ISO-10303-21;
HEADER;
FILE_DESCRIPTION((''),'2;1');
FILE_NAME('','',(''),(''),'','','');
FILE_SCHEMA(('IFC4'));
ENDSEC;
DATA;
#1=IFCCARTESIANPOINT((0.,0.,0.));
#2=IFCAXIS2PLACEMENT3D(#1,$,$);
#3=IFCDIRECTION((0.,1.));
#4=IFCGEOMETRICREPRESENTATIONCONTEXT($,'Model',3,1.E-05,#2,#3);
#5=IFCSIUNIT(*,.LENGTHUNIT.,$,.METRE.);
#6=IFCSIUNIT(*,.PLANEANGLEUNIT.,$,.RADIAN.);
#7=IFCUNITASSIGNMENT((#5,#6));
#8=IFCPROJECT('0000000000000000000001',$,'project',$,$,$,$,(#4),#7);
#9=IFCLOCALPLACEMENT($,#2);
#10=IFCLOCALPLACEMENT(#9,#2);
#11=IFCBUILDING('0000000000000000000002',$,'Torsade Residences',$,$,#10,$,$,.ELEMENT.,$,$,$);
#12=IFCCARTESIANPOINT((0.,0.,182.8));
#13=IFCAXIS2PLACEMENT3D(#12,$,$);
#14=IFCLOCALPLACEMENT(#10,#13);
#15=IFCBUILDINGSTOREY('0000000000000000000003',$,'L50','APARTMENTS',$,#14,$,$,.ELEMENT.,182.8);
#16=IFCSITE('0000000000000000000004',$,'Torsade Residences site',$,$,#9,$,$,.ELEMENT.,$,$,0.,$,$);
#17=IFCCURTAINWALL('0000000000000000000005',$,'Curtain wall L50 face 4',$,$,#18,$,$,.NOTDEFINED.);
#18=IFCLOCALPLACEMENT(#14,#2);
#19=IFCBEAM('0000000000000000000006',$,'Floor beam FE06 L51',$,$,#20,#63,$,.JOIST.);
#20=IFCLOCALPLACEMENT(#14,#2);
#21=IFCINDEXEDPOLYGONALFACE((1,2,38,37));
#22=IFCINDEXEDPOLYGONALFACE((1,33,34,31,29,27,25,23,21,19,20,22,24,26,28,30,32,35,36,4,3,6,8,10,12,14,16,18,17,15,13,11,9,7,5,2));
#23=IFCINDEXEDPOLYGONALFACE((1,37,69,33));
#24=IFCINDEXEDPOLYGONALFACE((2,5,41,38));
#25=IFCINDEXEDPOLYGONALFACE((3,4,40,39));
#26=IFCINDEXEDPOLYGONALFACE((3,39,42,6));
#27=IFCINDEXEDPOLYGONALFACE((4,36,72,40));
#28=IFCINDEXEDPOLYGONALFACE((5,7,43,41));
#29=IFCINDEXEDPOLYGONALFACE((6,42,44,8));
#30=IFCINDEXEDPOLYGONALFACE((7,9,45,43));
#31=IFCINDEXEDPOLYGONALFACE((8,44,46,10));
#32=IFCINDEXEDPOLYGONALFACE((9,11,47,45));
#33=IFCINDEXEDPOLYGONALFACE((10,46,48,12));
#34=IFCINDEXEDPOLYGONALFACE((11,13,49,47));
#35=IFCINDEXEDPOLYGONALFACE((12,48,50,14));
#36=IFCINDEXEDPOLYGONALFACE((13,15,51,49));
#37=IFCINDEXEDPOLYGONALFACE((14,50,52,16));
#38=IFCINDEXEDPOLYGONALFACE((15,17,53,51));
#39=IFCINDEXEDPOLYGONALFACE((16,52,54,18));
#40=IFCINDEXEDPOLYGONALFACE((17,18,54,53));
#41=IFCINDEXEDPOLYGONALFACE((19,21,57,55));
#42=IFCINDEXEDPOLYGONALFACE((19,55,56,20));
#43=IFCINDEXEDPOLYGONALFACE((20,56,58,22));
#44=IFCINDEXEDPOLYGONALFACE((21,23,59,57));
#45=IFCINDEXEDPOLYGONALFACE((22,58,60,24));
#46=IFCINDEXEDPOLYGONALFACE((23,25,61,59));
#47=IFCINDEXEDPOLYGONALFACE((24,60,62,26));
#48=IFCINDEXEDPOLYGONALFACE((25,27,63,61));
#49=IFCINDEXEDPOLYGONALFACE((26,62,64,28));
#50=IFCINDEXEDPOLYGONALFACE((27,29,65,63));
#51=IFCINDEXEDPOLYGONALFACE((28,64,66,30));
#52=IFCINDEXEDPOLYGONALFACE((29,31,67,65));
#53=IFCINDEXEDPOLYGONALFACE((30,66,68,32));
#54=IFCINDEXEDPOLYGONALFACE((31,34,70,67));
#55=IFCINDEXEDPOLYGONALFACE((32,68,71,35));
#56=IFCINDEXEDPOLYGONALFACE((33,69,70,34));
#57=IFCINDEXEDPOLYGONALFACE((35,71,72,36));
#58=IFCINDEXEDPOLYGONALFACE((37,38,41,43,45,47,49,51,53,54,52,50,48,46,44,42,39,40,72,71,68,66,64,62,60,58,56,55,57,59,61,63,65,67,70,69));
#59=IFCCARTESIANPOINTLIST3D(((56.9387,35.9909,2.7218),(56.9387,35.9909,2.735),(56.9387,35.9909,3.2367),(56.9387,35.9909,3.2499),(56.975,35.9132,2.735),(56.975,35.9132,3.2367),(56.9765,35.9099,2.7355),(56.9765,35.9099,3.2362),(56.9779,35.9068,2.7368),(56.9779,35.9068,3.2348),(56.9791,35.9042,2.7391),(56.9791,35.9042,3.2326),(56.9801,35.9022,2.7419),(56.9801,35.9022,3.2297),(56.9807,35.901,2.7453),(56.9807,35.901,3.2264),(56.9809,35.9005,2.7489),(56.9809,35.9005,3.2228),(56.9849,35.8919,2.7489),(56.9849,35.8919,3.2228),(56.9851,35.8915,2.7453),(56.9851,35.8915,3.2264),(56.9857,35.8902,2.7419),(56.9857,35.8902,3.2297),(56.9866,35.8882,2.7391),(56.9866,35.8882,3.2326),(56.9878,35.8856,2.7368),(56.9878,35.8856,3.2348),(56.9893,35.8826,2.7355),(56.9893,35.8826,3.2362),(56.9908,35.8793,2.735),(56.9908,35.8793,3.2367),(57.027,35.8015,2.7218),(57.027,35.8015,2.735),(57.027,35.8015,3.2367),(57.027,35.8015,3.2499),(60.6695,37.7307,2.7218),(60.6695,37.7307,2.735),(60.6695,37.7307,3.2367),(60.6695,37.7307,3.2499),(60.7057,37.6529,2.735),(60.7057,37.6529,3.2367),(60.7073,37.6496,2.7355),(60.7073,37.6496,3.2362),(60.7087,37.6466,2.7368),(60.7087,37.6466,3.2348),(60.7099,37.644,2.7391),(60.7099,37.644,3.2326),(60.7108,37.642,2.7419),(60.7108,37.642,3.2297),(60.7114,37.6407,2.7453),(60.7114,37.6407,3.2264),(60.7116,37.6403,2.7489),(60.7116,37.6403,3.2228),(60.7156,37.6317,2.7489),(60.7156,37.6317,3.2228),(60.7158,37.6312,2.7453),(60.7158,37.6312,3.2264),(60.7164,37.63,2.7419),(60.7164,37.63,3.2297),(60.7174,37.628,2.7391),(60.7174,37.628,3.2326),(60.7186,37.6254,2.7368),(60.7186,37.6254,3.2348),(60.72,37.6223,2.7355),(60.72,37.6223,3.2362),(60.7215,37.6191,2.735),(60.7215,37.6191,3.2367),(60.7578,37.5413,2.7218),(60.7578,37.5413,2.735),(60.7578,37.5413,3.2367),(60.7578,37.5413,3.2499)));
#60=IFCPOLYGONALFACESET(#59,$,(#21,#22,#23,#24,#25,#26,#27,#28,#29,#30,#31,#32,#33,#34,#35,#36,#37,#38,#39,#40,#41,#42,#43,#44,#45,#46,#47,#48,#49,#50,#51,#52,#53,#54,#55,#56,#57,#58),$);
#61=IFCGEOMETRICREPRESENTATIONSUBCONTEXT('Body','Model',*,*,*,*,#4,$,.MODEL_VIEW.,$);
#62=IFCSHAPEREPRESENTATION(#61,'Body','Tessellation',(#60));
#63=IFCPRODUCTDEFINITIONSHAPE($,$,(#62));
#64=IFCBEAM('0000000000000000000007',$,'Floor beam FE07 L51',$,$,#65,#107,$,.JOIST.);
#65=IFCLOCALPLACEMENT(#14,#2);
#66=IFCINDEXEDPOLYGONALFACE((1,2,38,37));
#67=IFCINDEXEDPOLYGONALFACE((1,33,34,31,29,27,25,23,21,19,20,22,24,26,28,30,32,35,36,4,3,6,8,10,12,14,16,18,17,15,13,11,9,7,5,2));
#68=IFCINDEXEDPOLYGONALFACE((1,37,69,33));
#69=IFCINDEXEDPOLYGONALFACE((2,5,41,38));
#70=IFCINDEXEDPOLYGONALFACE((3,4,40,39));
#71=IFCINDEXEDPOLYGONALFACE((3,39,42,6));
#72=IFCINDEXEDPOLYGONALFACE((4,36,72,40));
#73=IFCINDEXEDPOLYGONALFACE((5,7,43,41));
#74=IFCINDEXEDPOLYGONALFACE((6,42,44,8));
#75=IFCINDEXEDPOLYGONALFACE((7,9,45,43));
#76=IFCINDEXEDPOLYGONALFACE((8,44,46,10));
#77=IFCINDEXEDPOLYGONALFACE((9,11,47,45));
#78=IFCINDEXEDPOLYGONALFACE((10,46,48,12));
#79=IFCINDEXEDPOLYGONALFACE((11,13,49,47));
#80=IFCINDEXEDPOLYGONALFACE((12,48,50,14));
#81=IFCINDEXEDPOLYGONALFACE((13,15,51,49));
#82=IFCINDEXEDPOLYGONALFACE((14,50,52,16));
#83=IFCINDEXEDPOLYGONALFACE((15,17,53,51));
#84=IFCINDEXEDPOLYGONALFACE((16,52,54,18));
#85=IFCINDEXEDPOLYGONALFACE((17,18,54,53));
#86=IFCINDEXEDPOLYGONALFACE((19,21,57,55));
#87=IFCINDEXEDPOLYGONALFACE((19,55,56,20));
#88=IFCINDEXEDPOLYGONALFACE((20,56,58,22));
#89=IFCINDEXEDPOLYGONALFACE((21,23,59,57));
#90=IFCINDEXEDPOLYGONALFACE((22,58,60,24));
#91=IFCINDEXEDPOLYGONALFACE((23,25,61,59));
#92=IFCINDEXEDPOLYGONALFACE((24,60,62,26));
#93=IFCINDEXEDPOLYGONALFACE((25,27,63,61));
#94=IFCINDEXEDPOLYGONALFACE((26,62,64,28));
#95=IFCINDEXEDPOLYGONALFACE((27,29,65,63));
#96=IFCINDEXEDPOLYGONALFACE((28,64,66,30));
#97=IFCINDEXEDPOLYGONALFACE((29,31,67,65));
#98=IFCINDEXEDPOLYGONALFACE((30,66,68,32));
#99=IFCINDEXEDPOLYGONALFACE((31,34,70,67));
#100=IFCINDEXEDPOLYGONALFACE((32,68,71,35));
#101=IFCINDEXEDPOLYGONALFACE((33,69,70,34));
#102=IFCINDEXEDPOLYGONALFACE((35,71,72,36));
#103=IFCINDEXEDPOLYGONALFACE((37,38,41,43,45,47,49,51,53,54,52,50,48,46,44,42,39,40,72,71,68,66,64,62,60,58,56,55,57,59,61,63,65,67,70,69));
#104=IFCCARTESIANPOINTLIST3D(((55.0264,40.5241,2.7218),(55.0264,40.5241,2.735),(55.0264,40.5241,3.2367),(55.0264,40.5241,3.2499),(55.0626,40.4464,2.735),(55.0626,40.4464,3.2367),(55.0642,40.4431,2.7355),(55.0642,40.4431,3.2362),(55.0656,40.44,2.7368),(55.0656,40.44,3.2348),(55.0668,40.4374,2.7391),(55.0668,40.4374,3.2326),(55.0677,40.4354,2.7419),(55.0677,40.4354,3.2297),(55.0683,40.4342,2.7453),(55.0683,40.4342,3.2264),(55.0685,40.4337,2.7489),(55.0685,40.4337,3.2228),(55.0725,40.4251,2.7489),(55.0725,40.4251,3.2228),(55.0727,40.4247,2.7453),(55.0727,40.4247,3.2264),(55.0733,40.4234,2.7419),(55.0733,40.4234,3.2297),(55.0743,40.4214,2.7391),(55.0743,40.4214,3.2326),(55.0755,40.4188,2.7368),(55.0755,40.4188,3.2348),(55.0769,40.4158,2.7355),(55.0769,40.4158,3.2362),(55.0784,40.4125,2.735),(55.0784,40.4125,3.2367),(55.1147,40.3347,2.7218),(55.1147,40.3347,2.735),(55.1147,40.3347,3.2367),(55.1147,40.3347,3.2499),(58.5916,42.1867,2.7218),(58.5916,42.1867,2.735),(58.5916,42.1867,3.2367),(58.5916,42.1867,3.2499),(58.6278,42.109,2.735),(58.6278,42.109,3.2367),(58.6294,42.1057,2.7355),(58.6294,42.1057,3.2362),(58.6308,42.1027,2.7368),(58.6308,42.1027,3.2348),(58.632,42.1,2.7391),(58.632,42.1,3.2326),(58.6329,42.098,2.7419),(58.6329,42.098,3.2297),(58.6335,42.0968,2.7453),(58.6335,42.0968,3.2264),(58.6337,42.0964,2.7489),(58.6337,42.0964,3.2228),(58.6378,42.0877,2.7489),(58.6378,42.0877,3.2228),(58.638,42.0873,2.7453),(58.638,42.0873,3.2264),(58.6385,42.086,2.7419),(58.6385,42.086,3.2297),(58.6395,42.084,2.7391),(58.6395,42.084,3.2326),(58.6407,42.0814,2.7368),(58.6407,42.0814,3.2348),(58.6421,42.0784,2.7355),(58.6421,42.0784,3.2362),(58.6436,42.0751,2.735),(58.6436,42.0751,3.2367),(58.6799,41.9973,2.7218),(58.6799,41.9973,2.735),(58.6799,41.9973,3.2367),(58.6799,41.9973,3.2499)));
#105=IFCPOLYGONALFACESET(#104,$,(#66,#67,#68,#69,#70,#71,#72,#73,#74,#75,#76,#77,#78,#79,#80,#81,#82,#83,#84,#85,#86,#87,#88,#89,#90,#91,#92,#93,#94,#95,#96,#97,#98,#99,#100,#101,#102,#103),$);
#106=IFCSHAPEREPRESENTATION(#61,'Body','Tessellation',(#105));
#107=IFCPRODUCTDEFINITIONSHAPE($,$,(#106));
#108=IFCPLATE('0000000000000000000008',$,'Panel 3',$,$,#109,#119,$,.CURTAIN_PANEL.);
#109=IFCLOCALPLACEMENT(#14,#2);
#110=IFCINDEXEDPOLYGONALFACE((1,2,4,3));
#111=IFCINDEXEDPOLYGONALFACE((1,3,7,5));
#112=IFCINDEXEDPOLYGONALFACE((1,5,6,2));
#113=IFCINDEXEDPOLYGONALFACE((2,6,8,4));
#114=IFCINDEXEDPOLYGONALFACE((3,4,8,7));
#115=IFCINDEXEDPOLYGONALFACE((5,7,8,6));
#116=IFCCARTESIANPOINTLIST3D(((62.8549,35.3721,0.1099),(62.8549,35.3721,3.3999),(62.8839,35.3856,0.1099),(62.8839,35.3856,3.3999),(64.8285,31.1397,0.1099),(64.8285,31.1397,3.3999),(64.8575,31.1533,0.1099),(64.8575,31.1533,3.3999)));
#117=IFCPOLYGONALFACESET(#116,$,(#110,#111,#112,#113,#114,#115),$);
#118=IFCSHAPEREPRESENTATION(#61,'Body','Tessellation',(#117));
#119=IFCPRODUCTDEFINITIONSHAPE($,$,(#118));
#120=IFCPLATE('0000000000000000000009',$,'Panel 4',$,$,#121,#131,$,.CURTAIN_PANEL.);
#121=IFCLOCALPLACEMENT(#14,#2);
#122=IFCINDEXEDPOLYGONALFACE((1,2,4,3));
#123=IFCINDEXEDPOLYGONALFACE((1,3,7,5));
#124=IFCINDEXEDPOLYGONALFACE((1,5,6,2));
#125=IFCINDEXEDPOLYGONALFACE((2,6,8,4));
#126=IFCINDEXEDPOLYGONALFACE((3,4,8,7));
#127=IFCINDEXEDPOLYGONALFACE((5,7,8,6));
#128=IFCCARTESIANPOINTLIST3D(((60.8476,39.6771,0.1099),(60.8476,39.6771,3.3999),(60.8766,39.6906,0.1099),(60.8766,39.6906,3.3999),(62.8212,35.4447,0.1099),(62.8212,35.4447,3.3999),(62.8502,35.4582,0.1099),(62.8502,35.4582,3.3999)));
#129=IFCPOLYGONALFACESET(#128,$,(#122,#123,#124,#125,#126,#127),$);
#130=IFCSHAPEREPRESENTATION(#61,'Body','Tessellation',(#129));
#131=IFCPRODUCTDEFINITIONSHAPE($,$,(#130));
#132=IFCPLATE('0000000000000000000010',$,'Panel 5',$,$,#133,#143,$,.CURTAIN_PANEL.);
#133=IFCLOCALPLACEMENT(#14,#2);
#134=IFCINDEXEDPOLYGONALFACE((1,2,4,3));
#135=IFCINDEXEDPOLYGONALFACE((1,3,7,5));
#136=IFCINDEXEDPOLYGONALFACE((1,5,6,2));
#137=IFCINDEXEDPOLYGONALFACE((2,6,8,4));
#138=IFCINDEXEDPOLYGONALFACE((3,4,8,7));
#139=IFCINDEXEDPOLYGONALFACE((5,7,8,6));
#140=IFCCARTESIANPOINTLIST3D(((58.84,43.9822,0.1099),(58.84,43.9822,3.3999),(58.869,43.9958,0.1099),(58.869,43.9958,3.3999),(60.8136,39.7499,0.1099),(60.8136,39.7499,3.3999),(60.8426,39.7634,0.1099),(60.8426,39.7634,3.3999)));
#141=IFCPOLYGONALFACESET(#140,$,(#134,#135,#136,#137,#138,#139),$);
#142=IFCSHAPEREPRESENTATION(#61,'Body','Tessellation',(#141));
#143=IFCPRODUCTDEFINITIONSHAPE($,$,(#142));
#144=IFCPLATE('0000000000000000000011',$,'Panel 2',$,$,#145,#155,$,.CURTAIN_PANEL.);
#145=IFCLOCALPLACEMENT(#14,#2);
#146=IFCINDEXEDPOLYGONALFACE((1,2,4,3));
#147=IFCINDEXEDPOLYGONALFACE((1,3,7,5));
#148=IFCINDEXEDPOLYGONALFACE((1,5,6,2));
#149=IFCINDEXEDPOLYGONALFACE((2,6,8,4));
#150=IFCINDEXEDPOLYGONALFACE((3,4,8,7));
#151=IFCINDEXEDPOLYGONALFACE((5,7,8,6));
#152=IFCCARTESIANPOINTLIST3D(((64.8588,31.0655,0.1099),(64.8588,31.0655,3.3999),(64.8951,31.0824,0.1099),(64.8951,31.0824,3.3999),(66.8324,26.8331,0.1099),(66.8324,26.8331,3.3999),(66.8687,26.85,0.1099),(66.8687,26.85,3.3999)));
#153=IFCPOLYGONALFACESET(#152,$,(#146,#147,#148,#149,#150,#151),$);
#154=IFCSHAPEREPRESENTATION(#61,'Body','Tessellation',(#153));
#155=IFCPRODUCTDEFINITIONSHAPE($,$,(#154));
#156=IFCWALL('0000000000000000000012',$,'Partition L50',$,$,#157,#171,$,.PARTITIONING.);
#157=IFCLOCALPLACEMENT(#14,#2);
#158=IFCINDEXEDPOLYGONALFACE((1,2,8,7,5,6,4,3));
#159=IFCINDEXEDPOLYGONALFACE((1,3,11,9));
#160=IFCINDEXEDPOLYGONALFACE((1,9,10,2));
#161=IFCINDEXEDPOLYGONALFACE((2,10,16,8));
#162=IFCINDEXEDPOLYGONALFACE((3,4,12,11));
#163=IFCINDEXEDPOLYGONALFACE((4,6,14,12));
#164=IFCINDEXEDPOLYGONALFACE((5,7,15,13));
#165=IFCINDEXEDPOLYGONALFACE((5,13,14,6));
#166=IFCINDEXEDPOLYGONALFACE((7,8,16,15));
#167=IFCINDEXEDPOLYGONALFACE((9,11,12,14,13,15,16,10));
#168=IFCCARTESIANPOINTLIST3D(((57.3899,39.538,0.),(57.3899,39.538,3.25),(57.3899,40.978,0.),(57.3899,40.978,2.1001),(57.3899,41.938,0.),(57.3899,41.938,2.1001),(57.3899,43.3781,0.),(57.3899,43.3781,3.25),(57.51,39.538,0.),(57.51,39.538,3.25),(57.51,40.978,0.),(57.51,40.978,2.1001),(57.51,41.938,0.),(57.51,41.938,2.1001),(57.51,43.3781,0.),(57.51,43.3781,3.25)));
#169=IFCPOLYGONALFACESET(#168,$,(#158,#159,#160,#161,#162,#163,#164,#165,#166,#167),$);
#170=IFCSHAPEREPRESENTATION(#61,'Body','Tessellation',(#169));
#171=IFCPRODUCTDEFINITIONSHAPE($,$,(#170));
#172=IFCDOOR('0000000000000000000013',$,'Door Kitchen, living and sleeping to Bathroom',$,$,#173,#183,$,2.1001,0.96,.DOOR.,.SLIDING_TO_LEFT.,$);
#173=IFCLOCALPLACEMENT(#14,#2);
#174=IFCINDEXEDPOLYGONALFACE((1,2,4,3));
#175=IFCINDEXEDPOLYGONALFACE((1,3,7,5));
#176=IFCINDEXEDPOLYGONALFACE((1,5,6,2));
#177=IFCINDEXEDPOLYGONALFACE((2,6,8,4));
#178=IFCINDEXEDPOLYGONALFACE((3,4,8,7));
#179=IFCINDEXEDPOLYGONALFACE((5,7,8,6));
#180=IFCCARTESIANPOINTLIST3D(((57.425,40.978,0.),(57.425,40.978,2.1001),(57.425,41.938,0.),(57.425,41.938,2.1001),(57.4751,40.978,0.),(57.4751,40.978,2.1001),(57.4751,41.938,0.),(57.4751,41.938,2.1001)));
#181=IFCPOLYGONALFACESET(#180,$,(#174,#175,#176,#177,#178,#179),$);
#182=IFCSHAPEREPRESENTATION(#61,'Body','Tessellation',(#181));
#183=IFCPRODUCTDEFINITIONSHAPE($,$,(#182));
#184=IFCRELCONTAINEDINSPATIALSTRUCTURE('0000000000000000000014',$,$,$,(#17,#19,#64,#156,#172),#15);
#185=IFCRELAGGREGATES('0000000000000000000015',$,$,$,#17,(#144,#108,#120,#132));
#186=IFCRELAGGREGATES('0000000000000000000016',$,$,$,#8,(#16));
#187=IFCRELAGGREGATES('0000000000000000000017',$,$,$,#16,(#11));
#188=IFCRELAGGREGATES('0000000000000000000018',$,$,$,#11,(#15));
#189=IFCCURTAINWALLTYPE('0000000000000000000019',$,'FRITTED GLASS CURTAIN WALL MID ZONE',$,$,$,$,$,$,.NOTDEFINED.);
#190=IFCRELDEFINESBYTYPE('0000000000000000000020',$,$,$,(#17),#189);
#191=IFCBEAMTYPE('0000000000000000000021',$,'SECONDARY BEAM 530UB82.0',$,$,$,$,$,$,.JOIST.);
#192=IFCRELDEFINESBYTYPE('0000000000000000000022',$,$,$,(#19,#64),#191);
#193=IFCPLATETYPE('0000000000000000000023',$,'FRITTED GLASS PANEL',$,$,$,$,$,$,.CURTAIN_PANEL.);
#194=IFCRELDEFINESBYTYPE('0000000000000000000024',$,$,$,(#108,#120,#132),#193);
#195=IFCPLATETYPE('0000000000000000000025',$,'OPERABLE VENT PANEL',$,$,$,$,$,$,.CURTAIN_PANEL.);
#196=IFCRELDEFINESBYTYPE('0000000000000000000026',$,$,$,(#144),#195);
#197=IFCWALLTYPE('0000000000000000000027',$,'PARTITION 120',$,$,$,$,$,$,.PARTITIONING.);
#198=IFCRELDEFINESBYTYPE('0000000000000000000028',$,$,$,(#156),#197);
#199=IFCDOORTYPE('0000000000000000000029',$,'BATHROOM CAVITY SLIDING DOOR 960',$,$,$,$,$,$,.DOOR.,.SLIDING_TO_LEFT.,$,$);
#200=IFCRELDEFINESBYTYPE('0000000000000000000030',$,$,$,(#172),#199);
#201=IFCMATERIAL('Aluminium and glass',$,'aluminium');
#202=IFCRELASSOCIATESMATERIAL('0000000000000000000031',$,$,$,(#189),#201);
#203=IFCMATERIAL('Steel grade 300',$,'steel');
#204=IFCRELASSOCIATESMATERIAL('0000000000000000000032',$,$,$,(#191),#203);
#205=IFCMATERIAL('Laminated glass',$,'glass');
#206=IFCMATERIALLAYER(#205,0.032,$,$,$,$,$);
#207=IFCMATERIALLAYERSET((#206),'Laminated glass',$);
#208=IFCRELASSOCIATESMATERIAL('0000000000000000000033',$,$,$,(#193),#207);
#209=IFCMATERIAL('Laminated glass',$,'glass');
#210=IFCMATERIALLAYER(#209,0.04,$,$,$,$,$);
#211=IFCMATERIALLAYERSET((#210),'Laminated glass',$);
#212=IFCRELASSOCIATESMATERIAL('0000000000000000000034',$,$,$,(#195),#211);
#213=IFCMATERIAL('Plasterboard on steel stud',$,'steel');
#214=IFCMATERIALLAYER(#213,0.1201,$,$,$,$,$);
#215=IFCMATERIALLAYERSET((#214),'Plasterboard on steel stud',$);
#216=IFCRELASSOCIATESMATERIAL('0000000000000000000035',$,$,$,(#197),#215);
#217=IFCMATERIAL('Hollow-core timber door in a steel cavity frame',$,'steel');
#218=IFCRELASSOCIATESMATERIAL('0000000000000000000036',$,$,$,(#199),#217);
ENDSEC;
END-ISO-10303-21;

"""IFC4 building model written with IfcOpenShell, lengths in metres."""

from ifc_helpers import new_model, si_unit, direction, frame, frame_2d, origin, origin_2d, place, context, subcontext, project, spatial, rectangle, i_section, extrude, material, layer, layer_set, material_profile, profile_set, type_object, element, fill, aggregate, save


model = new_model("IFC4")

# Units and contexts
model_context = context("Model", 3, precision=1e-05, world=origin(), true_north=direction((0.0, 1.0)))
body_context = subcontext(model_context, "Body", "Model", "MODEL_VIEW")
ifc_project = project(units=[si_unit("LENGTHUNIT", "METRE"), si_unit("PLANEANGLEUNIT", "RADIAN")], contexts=[model_context])

# Site, building, storey
site_placement = place(None, origin())
site = spatial("IfcSite", under=ifc_project, at=site_placement, Name="Torsade Residences site", CompositionType="ELEMENT", RefElevation=0.0)
building_placement = place(site_placement, origin())
building = spatial("IfcBuilding", under=site, at=building_placement, Name="Torsade Residences", CompositionType="ELEMENT")
storey_placement = place(building_placement, frame((0.0, 0.0, 182.8)))
storey = spatial("IfcBuildingStorey", under=building, at=storey_placement, Name="L50", Description="APARTMENTS", CompositionType="ELEMENT", Elevation=182.8)

# Curtain wall
ifc_material_1 = material(Name="Aluminium and glass", Category="aluminium")
curtain_wall_type = type_object("IfcCurtainWallType", Name="FRITTED GLASS CURTAIN WALL MID ZONE", PredefinedType="NOTDEFINED", material=ifc_material_1)
curtain_wall_placement = place(storey_placement, origin())
curtain_wall = element("IfcCurtainWall", 1, at=curtain_wall_placement, inside=storey, type_object=curtain_wall_type, Name="Curtain wall L50 face 4", PredefinedType="NOTDEFINED")

# Beams
ifc_material_2 = material(Name="Steel grade 300", Category="steel")
ifc_material_profile_1 = material_profile(ifc_material_2, i_section(OverallWidth=0.209, OverallDepth=0.5281, WebThickness=0.0095, FlangeThickness=0.0132, FilletRadius=0.0139, at=origin_2d()), Name="530UB82.0")
ifc_profile_set_1 = profile_set([ifc_material_profile_1], Name="Steel grade 300")
beam_type_1 = type_object("IfcBeamType", Name="SECONDARY BEAM 530UB82.0", PredefinedType="JOIST", material=ifc_profile_set_1)
beam_1_placement = place(storey_placement, frame((60.7136, 37.636, 2.9858), z_axis=(-0.9063, -0.422635, 0.0), x_axis=(0.422635, -0.9063, 0.0)))
element("IfcBeam", 2, at=beam_1_placement, inside=storey, type_object=beam_type_1, Name="Floor beam FE06 L51", PredefinedType="JOIST", context=body_context, shape_type="SweptSolid", body=[
    extrude(i_section(OverallWidth=0.209, OverallDepth=0.5281, WebThickness=0.0095, FlangeThickness=0.0132, FilletRadius=0.0139, at=origin_2d()), origin(), (0.0, 0.0, 1.0), 4.1165),
])
beam_2_placement = place(storey_placement, frame((58.6357, 42.092, 2.9858), z_axis=(-0.906296, -0.422644, 0.0), x_axis=(0.422644, -0.906296, 0.0)))
element("IfcBeam", 3, at=beam_2_placement, inside=storey, type_object=beam_type_1, Name="Floor beam FE07 L51", PredefinedType="JOIST", context=body_context, shape_type="SweptSolid", body=[
    extrude(i_section(OverallWidth=0.209, OverallDepth=0.5281, WebThickness=0.0095, FlangeThickness=0.0132, FilletRadius=0.0139, at=origin_2d()), origin(), (0.0, 0.0, 1.0), 3.9338),
])

# Plates
ifc_material_3 = material(Name="Laminated glass", Category="glass")
ifc_layer_1 = layer(ifc_material_3, 0.032)
ifc_layer_set_1 = layer_set([ifc_layer_1], Name="Laminated glass")
plate_type_1 = type_object("IfcPlateType", Name="FRITTED GLASS PANEL", PredefinedType="CURTAIN_PANEL", material=ifc_layer_set_1)
plate_1_placement = place(storey_placement, frame((63.8562, 33.2627, 0.1099), z_axis=(0.0, 0.0, 1.0), x_axis=(-0.422618, 0.906308, 0.0)))
plate_1 = element("IfcPlate", 4, at=plate_1_placement, type_object=plate_type_1, Name="Panel 3", PredefinedType="CURTAIN_PANEL", context=body_context, shape_type="SweptSolid", body=[
    extrude(rectangle(XDim=4.6699, YDim=0.032, at=origin_2d()), origin(), (0.0, 0.0, 1.0), 3.29),
])
plate_2_placement = place(storey_placement, frame((61.8489, 37.5676, 0.1099), z_axis=(0.0, 0.0, 1.0), x_axis=(-0.422618, 0.906308, 0.0)))
plate_2 = element("IfcPlate", 5, at=plate_2_placement, type_object=plate_type_1, Name="Panel 4", PredefinedType="CURTAIN_PANEL", context=body_context, shape_type="SweptSolid", body=[
    extrude(rectangle(XDim=4.6699, YDim=0.032, at=origin_2d()), origin(), (0.0, 0.0, 1.0), 3.29),
])
plate_3_placement = place(storey_placement, frame((59.8413, 41.8728, 0.1099), z_axis=(0.0, 0.0, 1.0), x_axis=(-0.422618, 0.906308, 0.0)))
plate_3 = element("IfcPlate", 6, at=plate_3_placement, type_object=plate_type_1, Name="Panel 5", PredefinedType="CURTAIN_PANEL", context=body_context, shape_type="SweptSolid", body=[
    extrude(rectangle(XDim=4.6699, YDim=0.032, at=origin_2d()), origin(), (0.0, 0.0, 1.0), 3.29),
])
ifc_material_4 = material(Name="Laminated glass", Category="glass")
ifc_layer_2 = layer(ifc_material_4, 0.04)
ifc_layer_set_2 = layer_set([ifc_layer_2], Name="Laminated glass")
plate_type_2 = type_object("IfcPlateType", Name="OPERABLE VENT PANEL", PredefinedType="CURTAIN_PANEL", material=ifc_layer_set_2)
plate_4_placement = place(storey_placement, frame((65.8638, 28.9578, 0.1099), z_axis=(0.0, 0.0, 1.0), x_axis=(-0.422618, 0.906308, 0.0)))
plate_4 = element("IfcPlate", 7, at=plate_4_placement, type_object=plate_type_2, Name="Panel 2", PredefinedType="CURTAIN_PANEL", context=body_context, shape_type="SweptSolid", body=[
    extrude(rectangle(XDim=4.6699, YDim=0.04, at=origin_2d()), origin(), (0.0, 0.0, 1.0), 3.29),
])
aggregate(curtain_wall, [plate_4, plate_1, plate_2, plate_3])

# Wall, opening, door
ifc_material_5 = material(Name="Plasterboard on steel stud", Category="steel")
ifc_layer_3 = layer(ifc_material_5, 0.1201)
ifc_layer_set_3 = layer_set([ifc_layer_3], Name="Plasterboard on steel stud")
wall_type_1 = type_object("IfcWallType", Name="PARTITION 120", PredefinedType="PARTITIONING", material=ifc_layer_set_3)
wall_1_placement = place(storey_placement, frame((57.45, 39.5381, 0.0), z_axis=(0.0, 0.0, 1.0), x_axis=(0.0, 1.0, 0.0)))
wall_1 = element("IfcWall", 8, at=wall_1_placement, inside=storey, type_object=wall_type_1, Name="Partition L50", PredefinedType="PARTITIONING", context=body_context, shape_type="SweptSolid", body=[
    extrude(rectangle(XDim=3.8401, YDim=0.1201, at=frame_2d((1.9199, 0.0))), origin(), (0.0, 0.0, 1.0), 3.25),
])
opening_placement = place(wall_1_placement, frame((1.4399, 0.0, 0.0)))
opening = element("IfcOpeningElement", 9, at=opening_placement, cuts=wall_1, PredefinedType="OPENING", context=body_context, shape_type="SweptSolid", body=[
    extrude(rectangle(XDim=0.96, YDim=2.1001, at=frame_2d((0.48, 1.05))), frame((0.0, 0.0701, 0.0), z_axis=(0.0, -1.0, 0.0), x_axis=(1.0, 0.0, 0.0)), (0.0, 0.0, 1.0), 0.1401),
])
ifc_material_6 = material(Name="Hollow-core timber door in a steel cavity frame", Category="steel")
door_type = type_object("IfcDoorType", Name="BATHROOM CAVITY SLIDING DOOR 960", OperationType="SLIDING_TO_LEFT", PredefinedType="DOOR", material=ifc_material_6)
door_placement = place(opening_placement, origin())
door = element("IfcDoor", 10, at=door_placement, inside=storey, type_object=door_type, Name="Door Kitchen, living and sleeping to Bathroom", OperationType="SLIDING_TO_LEFT", OverallHeight=2.1001, OverallWidth=0.96, PredefinedType="DOOR", context=body_context, shape_type="SweptSolid", body=[
    extrude(rectangle(XDim=0.96, YDim=2.1001, at=frame_2d((0.48, 1.05))), frame((0.0, 0.0249, 0.0), z_axis=(0.0, -1.0, 0.0), x_axis=(1.0, 0.0, 0.0)), (0.0, 0.0, 1.0), 0.05),
])
fill(opening, door)

save(model, "model.ifc")
